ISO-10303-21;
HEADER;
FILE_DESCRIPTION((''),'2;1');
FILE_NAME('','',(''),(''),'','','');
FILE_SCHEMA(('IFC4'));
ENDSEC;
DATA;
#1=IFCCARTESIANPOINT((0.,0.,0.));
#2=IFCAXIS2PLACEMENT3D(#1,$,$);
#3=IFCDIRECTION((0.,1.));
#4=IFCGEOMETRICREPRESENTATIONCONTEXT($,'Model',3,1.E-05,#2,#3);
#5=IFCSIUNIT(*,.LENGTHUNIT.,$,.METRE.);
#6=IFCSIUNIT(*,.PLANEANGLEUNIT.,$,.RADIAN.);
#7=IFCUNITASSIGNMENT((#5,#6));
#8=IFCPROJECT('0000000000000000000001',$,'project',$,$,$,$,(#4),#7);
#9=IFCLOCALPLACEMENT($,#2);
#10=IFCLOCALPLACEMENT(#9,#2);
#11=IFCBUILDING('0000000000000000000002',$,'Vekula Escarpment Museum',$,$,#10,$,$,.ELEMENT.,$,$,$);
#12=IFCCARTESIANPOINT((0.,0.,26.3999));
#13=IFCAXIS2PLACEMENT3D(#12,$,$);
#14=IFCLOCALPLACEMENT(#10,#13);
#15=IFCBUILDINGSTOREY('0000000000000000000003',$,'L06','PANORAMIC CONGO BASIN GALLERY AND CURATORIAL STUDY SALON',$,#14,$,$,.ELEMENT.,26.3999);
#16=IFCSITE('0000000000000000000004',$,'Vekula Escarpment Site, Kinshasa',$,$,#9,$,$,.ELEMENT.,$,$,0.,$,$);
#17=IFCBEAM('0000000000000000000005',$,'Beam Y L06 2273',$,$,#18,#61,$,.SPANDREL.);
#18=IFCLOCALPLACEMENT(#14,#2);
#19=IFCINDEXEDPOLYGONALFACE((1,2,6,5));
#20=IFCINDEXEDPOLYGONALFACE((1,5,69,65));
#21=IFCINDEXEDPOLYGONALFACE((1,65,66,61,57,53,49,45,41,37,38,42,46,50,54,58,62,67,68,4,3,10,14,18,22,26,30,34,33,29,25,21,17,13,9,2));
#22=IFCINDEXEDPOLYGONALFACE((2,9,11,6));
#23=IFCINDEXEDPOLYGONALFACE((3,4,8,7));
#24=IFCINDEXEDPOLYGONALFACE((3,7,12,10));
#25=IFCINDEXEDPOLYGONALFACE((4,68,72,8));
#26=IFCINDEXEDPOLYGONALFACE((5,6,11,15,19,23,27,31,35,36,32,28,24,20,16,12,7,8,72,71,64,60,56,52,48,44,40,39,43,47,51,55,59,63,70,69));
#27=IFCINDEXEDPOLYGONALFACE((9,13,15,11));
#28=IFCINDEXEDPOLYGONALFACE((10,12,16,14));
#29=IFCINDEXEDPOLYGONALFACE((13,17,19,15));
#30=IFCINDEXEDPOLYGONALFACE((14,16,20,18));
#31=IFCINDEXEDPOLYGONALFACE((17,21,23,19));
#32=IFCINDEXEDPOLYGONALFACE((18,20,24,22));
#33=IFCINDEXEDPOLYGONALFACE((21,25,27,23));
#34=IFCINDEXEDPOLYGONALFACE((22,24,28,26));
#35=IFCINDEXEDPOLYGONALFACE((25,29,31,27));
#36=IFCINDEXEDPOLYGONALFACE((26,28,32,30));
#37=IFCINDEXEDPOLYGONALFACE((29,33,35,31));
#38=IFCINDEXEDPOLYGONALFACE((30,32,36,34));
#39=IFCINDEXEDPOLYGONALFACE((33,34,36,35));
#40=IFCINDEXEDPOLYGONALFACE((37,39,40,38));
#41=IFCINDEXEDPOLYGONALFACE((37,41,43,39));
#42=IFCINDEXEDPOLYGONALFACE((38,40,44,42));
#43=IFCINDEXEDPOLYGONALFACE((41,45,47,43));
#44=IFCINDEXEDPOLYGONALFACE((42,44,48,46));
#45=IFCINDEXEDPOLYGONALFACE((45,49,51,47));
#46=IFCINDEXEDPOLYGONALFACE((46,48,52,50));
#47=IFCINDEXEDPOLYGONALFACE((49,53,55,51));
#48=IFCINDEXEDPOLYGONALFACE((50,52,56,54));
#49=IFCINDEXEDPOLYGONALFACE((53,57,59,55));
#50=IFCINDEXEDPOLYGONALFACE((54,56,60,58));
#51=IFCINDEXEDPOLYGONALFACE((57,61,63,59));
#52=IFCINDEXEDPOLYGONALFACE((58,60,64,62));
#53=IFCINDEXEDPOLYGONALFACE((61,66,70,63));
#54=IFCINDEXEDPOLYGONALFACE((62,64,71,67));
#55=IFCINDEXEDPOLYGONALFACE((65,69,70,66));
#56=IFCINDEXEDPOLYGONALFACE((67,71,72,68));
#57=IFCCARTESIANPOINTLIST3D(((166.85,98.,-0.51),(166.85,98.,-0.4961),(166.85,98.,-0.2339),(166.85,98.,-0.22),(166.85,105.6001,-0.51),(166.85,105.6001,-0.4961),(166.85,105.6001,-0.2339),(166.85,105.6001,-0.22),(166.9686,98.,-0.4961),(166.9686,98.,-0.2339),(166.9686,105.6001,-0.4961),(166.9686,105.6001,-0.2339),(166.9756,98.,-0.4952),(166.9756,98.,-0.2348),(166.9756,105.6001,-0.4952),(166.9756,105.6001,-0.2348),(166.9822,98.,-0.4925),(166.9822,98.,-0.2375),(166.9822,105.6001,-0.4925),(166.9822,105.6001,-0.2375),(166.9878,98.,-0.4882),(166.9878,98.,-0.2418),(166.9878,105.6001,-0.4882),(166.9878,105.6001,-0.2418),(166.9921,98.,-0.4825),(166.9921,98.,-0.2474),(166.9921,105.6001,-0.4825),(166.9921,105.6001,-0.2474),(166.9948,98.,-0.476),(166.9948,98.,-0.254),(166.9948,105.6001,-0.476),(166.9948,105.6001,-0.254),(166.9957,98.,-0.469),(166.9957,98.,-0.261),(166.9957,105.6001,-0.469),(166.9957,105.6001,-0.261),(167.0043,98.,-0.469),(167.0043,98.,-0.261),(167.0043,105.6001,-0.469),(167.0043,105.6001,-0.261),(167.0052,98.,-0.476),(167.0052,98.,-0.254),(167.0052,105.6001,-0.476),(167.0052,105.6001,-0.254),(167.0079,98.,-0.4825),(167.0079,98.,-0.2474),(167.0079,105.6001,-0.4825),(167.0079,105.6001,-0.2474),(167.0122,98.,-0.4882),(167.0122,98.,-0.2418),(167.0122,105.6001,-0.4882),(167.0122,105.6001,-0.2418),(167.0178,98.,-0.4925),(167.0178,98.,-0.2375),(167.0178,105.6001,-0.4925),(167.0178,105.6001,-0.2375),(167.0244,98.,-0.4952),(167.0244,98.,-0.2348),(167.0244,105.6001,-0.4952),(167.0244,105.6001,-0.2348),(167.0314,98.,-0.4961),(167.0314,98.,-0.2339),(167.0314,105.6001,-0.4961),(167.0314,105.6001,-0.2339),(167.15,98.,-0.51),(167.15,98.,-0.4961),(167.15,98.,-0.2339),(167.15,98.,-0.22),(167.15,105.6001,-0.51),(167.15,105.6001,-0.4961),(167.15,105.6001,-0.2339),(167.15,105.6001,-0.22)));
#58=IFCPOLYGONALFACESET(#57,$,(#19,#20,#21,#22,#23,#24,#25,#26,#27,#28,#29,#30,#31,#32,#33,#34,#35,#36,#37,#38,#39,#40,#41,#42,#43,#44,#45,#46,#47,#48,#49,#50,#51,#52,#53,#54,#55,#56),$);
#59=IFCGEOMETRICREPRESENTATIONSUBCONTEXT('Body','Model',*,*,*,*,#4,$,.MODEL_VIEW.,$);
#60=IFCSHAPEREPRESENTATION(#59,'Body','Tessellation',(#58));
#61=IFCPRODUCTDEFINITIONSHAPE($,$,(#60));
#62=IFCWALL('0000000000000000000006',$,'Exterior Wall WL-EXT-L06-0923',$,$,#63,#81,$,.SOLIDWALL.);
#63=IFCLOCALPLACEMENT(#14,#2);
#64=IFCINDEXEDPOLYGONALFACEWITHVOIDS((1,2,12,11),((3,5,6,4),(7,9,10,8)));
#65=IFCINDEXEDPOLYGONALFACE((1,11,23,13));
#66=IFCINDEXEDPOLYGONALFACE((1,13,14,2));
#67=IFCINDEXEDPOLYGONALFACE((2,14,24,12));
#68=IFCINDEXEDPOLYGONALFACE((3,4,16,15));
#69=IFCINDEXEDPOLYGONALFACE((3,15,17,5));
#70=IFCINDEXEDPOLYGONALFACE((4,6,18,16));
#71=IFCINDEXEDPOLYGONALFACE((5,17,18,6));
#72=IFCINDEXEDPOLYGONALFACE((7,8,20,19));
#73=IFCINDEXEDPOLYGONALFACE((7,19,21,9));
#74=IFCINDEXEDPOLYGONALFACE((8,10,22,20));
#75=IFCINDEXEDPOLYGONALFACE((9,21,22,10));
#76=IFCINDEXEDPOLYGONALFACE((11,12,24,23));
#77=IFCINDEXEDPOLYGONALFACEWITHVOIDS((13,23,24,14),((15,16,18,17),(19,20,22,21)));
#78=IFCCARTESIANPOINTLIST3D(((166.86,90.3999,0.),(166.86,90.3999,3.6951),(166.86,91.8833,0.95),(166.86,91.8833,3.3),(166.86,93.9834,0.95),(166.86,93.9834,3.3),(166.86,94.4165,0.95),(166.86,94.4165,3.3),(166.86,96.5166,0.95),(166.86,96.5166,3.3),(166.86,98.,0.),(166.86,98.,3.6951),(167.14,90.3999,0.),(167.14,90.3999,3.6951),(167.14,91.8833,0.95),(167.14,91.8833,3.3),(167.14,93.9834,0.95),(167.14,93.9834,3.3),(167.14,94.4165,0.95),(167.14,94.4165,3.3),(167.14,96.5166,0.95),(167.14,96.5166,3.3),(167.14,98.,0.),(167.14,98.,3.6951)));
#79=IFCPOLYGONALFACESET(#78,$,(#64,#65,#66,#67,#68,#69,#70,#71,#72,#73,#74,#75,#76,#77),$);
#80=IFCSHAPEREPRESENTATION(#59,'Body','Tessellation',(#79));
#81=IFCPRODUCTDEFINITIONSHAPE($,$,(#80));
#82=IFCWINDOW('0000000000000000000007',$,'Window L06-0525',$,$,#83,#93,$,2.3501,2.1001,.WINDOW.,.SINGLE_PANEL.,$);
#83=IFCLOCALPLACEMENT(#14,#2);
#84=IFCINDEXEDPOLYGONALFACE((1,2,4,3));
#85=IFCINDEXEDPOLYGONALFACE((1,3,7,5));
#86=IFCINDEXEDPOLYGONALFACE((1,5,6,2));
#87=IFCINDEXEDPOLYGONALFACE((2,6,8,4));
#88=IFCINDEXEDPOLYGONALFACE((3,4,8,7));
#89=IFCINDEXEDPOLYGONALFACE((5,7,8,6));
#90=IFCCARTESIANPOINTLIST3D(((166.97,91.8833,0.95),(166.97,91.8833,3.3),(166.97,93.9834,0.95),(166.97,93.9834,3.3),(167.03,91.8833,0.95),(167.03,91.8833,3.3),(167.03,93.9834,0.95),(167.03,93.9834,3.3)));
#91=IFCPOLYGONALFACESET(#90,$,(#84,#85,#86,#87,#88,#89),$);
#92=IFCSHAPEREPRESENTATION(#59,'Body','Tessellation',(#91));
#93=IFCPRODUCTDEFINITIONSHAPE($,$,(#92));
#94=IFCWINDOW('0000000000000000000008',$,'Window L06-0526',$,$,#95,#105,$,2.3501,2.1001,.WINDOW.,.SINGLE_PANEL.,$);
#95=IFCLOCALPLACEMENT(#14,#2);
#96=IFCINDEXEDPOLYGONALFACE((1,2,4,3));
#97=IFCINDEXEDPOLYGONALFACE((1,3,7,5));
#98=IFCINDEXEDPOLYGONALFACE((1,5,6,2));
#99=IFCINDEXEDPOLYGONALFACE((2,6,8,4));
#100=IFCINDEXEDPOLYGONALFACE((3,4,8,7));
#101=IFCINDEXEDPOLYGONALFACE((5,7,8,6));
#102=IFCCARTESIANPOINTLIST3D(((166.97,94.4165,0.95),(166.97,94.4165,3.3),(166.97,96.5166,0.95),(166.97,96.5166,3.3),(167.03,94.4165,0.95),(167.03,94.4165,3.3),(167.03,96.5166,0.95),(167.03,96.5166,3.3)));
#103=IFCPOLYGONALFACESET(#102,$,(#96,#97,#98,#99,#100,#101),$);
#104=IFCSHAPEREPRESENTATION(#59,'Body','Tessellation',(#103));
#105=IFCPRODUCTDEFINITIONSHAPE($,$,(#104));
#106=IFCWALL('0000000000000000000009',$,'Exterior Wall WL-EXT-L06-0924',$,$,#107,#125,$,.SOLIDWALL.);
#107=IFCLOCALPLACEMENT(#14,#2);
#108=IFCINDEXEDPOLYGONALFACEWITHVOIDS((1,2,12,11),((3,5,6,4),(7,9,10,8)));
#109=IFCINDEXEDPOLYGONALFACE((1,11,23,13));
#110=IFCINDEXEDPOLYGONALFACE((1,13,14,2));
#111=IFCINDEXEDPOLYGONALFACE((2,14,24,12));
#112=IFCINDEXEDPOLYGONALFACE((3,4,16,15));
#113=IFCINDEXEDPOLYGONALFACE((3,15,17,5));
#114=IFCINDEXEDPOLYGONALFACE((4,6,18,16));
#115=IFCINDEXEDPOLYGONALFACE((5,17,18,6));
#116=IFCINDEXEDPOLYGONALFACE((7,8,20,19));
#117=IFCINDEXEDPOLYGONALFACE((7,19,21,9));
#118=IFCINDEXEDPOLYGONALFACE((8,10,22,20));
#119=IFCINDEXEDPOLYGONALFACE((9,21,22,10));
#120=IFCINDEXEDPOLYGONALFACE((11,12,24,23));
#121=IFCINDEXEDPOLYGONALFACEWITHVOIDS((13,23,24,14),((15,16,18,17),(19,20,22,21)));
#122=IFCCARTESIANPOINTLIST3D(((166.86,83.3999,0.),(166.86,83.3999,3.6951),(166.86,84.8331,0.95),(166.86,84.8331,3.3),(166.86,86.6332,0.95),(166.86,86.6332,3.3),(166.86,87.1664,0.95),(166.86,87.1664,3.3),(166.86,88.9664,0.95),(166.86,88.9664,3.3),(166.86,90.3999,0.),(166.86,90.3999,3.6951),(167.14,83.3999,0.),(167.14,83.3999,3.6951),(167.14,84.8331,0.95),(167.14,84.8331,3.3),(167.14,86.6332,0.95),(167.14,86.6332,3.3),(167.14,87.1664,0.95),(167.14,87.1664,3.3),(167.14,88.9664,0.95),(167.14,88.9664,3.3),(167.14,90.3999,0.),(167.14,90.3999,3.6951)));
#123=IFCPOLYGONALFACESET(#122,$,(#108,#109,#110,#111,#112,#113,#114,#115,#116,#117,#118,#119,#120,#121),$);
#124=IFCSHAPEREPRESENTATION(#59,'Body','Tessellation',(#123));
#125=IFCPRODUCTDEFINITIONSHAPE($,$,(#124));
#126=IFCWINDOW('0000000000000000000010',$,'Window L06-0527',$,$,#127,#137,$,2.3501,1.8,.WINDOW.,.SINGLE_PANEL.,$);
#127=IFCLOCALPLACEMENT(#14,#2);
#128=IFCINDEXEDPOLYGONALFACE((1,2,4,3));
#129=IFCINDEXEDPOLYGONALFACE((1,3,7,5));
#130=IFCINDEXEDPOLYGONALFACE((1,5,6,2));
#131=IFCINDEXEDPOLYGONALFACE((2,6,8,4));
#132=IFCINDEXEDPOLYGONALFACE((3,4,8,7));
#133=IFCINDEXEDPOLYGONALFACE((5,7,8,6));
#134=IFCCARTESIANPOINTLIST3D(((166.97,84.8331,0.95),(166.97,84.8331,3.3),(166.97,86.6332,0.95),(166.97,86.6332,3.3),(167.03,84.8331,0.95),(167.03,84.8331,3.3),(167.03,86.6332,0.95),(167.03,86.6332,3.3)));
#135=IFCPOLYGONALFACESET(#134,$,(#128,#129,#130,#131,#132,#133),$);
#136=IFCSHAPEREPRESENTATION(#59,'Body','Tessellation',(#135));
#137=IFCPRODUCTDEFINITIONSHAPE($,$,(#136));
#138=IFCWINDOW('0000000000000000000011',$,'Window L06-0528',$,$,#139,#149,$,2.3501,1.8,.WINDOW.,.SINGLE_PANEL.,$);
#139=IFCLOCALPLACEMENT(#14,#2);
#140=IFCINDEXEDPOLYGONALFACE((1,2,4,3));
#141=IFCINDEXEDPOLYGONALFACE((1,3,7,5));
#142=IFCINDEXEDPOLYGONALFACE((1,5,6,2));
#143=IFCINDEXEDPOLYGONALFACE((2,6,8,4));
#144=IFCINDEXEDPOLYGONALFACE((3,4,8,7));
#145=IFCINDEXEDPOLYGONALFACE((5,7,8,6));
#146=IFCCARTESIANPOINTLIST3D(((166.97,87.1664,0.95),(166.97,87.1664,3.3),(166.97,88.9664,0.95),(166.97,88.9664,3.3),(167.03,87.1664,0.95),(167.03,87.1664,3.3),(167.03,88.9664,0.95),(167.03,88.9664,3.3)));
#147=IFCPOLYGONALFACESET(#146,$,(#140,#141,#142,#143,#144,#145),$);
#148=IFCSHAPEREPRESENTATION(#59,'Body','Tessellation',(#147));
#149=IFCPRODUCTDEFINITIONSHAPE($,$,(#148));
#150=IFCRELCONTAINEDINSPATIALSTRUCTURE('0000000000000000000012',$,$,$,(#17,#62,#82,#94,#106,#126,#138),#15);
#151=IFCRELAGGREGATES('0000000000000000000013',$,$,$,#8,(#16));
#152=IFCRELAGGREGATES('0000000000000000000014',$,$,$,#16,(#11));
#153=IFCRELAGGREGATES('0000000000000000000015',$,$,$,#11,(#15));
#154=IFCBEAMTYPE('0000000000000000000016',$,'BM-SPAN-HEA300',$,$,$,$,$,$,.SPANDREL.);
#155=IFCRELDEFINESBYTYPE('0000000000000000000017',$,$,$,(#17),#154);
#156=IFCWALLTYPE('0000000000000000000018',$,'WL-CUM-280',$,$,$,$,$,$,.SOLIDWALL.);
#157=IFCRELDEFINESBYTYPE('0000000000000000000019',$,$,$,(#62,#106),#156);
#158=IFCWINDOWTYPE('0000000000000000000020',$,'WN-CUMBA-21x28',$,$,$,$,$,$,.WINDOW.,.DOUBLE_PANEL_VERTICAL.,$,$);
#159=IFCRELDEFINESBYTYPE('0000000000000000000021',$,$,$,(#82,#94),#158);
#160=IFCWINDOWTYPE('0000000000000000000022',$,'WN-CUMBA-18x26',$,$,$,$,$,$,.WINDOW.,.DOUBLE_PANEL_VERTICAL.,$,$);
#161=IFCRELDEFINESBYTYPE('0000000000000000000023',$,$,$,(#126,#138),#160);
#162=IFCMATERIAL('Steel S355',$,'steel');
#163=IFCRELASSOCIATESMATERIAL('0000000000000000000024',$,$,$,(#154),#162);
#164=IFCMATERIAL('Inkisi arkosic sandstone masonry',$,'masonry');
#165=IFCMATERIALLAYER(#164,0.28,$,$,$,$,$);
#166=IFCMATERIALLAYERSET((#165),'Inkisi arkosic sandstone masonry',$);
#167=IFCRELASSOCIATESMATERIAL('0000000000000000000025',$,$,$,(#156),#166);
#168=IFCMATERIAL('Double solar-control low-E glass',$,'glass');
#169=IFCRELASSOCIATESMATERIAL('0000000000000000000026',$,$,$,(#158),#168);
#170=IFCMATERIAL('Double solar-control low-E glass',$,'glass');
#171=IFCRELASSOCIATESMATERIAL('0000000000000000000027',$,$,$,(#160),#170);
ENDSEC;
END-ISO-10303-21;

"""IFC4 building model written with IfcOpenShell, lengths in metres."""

from ifc_helpers import new_model, si_unit, direction, frame, frame_2d, origin, origin_2d, place, context, subcontext, project, spatial, rectangle, i_section, extrude, material, layer, layer_set, material_profile, profile_set, type_object, element, fill, save


model = new_model("IFC4")

# Units and contexts
model_context = context("Model", 3, precision=1e-05, world=origin(), true_north=direction((0.0, 1.0)))
body_context = subcontext(model_context, "Body", "Model", "MODEL_VIEW")
ifc_project = project(units=[si_unit("LENGTHUNIT", "METRE"), si_unit("PLANEANGLEUNIT", "RADIAN")], contexts=[model_context])

# Site, building, storey
site_placement = place(None, origin())
site = spatial("IfcSite", under=ifc_project, at=site_placement, Name="Vekula Escarpment Site, Kinshasa", CompositionType="ELEMENT", RefElevation=0.0)
building_placement = place(site_placement, origin())
building = spatial("IfcBuilding", under=site, at=building_placement, Name="Vekula Escarpment Museum", CompositionType="ELEMENT")
storey_placement = place(building_placement, frame((0.0, 0.0, 26.3999)))
storey = spatial("IfcBuildingStorey", under=building, at=storey_placement, Name="L06", Description="PANORAMIC CONGO BASIN GALLERY AND CURATORIAL STUDY SALON", CompositionType="ELEMENT", Elevation=26.3999)

# Beam
ifc_material_1 = material(Name="Steel S355", Category="steel")
ifc_material_profile_1 = material_profile(ifc_material_1, i_section(OverallWidth=0.3, OverallDepth=0.29, WebThickness=0.0085, FlangeThickness=0.0139, FilletRadius=0.0271, at=origin_2d()), Name="HEA 300")
ifc_profile_set_1 = profile_set([ifc_material_profile_1], Name="Steel S355")
beam_type_1 = type_object("IfcBeamType", Name="BM-SPAN-HEA300", PredefinedType="SPANDREL", material=ifc_profile_set_1)
for number, where, z_axis, x_axis, name in (
    (1, (167.0, 98.0, -0.365), (0.0, 1.0, 0.0), (-1.0, 0.0, 0.0), "Beam Y L06 2273"),
):
    element("IfcBeam", number, at=place(storey_placement, frame(where, z_axis=z_axis, x_axis=x_axis)), inside=storey, type_object=beam_type_1, Name=name, PredefinedType="SPANDREL", context=body_context, shape_type="SweptSolid", body=[
        extrude(i_section(OverallWidth=0.3, OverallDepth=0.29, WebThickness=0.0085, FlangeThickness=0.0139, FilletRadius=0.0271, at=origin_2d()), origin(), (0.0, 0.0, 1.0), 7.6001),
    ])

# Walls, openings, windows
ifc_material_2 = material(Name="Inkisi arkosic sandstone masonry", Category="masonry")
ifc_layer = layer(ifc_material_2, 0.28)
ifc_layer_set = layer_set([ifc_layer], Name="Inkisi arkosic sandstone masonry")
wall_type = type_object("IfcWallType", Name="WL-CUM-280", PredefinedType="SOLIDWALL", material=ifc_layer_set)
wall_1_placement = place(storey_placement, frame((167.0, 90.3999, 0.0), z_axis=(0.0, 0.0, 1.0), x_axis=(0.0, 1.0, 0.0)))
wall_1 = element("IfcWall", 2, at=wall_1_placement, inside=storey, type_object=wall_type, Name="Exterior Wall WL-EXT-L06-0923", PredefinedType="SOLIDWALL", context=body_context, shape_type="SweptSolid", body=[
    extrude(rectangle(XDim=7.6001, YDim=0.28, at=frame_2d((3.8, 0.0))), origin(), (0.0, 0.0, 1.0), 3.6951),
])
opening_1_placement = place(wall_1_placement, frame((1.4834, 0.0, 0.95)))
opening_1 = element("IfcOpeningElement", 3, at=opening_1_placement, cuts=wall_1, PredefinedType="OPENING", context=body_context, shape_type="SweptSolid", body=[
    extrude(rectangle(XDim=2.1001, YDim=2.3501, at=frame_2d((1.05, 1.175))), frame((0.0, 0.1499, 0.0), z_axis=(0.0, -1.0, 0.0), x_axis=(1.0, 0.0, 0.0)), (0.0, 0.0, 1.0), 0.3),
])
opening_2_placement = place(wall_1_placement, frame((4.0166, 0.0, 0.95)))
opening_2 = element("IfcOpeningElement", 4, at=opening_2_placement, cuts=wall_1, PredefinedType="OPENING", context=body_context, shape_type="SweptSolid", body=[
    extrude(rectangle(XDim=2.1001, YDim=2.3501, at=frame_2d((1.05, 1.175))), frame((0.0, 0.1499, 0.0), z_axis=(0.0, -1.0, 0.0), x_axis=(1.0, 0.0, 0.0)), (0.0, 0.0, 1.0), 0.3),
])
ifc_material_3 = material(Name="Double solar-control low-E glass", Category="glass")
window_type_1 = type_object("IfcWindowType", Name="WN-CUMBA-21x28", PartitioningType="DOUBLE_PANEL_VERTICAL", PredefinedType="WINDOW", material=ifc_material_3)
window_1_placement = place(opening_1_placement, origin())
window_1 = element("IfcWindow", 5, at=window_1_placement, inside=storey, type_object=window_type_1, Name="Window L06-0525", OverallHeight=2.3501, OverallWidth=2.1001, PartitioningType="SINGLE_PANEL", PredefinedType="WINDOW", context=body_context, shape_type="SweptSolid", body=[
    extrude(rectangle(XDim=2.1001, YDim=2.3501, at=frame_2d((1.05, 1.175))), frame((0.0, 0.03, 0.0), z_axis=(0.0, -1.0, 0.0), x_axis=(1.0, 0.0, 0.0)), (0.0, 0.0, 1.0), 0.0601),
])
fill(opening_1, window_1)
window_2_placement = place(opening_2_placement, origin())
window_2 = element("IfcWindow", 6, at=window_2_placement, inside=storey, type_object=window_type_1, Name="Window L06-0526", OverallHeight=2.3501, OverallWidth=2.1001, PartitioningType="SINGLE_PANEL", PredefinedType="WINDOW", context=body_context, shape_type="SweptSolid", body=[
    extrude(rectangle(XDim=2.1001, YDim=2.3501, at=frame_2d((1.05, 1.175))), frame((0.0, 0.03, 0.0), z_axis=(0.0, -1.0, 0.0), x_axis=(1.0, 0.0, 0.0)), (0.0, 0.0, 1.0), 0.0601),
])
fill(opening_2, window_2)
wall_2_placement = place(storey_placement, frame((167.0, 83.3999, 0.0), z_axis=(0.0, 0.0, 1.0), x_axis=(0.0, 1.0, 0.0)))
wall_2 = element("IfcWall", 7, at=wall_2_placement, inside=storey, type_object=wall_type, Name="Exterior Wall WL-EXT-L06-0924", PredefinedType="SOLIDWALL", context=body_context, shape_type="SweptSolid", body=[
    extrude(rectangle(XDim=7.0, YDim=0.28, at=frame_2d((3.5, 0.0))), origin(), (0.0, 0.0, 1.0), 3.6951),
])
opening_3_placement = place(wall_2_placement, frame((1.4333, 0.0, 0.95)))
opening_3 = element("IfcOpeningElement", 8, at=opening_3_placement, cuts=wall_2, PredefinedType="OPENING", context=body_context, shape_type="SweptSolid", body=[
    extrude(rectangle(XDim=1.8, YDim=2.3501, at=frame_2d((0.8999, 1.175))), frame((0.0, 0.1499, 0.0), z_axis=(0.0, -1.0, 0.0), x_axis=(1.0, 0.0, 0.0)), (0.0, 0.0, 1.0), 0.3),
])
opening_4_placement = place(wall_2_placement, frame((3.7666, 0.0, 0.95)))
opening_4 = element("IfcOpeningElement", 9, at=opening_4_placement, cuts=wall_2, PredefinedType="OPENING", context=body_context, shape_type="SweptSolid", body=[
    extrude(rectangle(XDim=1.8, YDim=2.3501, at=frame_2d((0.8999, 1.175))), frame((0.0, 0.1499, 0.0), z_axis=(0.0, -1.0, 0.0), x_axis=(1.0, 0.0, 0.0)), (0.0, 0.0, 1.0), 0.3),
])
ifc_material_4 = material(Name="Double solar-control low-E glass", Category="glass")
window_type_2 = type_object("IfcWindowType", Name="WN-CUMBA-18x26", PartitioningType="DOUBLE_PANEL_VERTICAL", PredefinedType="WINDOW", material=ifc_material_4)
window_3_placement = place(opening_3_placement, origin())
window_3 = element("IfcWindow", 10, at=window_3_placement, inside=storey, type_object=window_type_2, Name="Window L06-0527", OverallHeight=2.3501, OverallWidth=1.8, PartitioningType="SINGLE_PANEL", PredefinedType="WINDOW", context=body_context, shape_type="SweptSolid", body=[
    extrude(rectangle(XDim=1.8, YDim=2.3501, at=frame_2d((0.8999, 1.175))), frame((0.0, 0.03, 0.0), z_axis=(0.0, -1.0, 0.0), x_axis=(1.0, 0.0, 0.0)), (0.0, 0.0, 1.0), 0.0601),
])
fill(opening_3, window_3)
window_4_placement = place(opening_4_placement, origin())
window_4 = element("IfcWindow", 11, at=window_4_placement, inside=storey, type_object=window_type_2, Name="Window L06-0528", OverallHeight=2.3501, OverallWidth=1.8, PartitioningType="SINGLE_PANEL", PredefinedType="WINDOW", context=body_context, shape_type="SweptSolid", body=[
    extrude(rectangle(XDim=1.8, YDim=2.3501, at=frame_2d((0.8999, 1.175))), frame((0.0, 0.03, 0.0), z_axis=(0.0, -1.0, 0.0), x_axis=(1.0, 0.0, 0.0)), (0.0, 0.0, 1.0), 0.0601),
])
fill(opening_4, window_4)

save(model, "model.ifc")
